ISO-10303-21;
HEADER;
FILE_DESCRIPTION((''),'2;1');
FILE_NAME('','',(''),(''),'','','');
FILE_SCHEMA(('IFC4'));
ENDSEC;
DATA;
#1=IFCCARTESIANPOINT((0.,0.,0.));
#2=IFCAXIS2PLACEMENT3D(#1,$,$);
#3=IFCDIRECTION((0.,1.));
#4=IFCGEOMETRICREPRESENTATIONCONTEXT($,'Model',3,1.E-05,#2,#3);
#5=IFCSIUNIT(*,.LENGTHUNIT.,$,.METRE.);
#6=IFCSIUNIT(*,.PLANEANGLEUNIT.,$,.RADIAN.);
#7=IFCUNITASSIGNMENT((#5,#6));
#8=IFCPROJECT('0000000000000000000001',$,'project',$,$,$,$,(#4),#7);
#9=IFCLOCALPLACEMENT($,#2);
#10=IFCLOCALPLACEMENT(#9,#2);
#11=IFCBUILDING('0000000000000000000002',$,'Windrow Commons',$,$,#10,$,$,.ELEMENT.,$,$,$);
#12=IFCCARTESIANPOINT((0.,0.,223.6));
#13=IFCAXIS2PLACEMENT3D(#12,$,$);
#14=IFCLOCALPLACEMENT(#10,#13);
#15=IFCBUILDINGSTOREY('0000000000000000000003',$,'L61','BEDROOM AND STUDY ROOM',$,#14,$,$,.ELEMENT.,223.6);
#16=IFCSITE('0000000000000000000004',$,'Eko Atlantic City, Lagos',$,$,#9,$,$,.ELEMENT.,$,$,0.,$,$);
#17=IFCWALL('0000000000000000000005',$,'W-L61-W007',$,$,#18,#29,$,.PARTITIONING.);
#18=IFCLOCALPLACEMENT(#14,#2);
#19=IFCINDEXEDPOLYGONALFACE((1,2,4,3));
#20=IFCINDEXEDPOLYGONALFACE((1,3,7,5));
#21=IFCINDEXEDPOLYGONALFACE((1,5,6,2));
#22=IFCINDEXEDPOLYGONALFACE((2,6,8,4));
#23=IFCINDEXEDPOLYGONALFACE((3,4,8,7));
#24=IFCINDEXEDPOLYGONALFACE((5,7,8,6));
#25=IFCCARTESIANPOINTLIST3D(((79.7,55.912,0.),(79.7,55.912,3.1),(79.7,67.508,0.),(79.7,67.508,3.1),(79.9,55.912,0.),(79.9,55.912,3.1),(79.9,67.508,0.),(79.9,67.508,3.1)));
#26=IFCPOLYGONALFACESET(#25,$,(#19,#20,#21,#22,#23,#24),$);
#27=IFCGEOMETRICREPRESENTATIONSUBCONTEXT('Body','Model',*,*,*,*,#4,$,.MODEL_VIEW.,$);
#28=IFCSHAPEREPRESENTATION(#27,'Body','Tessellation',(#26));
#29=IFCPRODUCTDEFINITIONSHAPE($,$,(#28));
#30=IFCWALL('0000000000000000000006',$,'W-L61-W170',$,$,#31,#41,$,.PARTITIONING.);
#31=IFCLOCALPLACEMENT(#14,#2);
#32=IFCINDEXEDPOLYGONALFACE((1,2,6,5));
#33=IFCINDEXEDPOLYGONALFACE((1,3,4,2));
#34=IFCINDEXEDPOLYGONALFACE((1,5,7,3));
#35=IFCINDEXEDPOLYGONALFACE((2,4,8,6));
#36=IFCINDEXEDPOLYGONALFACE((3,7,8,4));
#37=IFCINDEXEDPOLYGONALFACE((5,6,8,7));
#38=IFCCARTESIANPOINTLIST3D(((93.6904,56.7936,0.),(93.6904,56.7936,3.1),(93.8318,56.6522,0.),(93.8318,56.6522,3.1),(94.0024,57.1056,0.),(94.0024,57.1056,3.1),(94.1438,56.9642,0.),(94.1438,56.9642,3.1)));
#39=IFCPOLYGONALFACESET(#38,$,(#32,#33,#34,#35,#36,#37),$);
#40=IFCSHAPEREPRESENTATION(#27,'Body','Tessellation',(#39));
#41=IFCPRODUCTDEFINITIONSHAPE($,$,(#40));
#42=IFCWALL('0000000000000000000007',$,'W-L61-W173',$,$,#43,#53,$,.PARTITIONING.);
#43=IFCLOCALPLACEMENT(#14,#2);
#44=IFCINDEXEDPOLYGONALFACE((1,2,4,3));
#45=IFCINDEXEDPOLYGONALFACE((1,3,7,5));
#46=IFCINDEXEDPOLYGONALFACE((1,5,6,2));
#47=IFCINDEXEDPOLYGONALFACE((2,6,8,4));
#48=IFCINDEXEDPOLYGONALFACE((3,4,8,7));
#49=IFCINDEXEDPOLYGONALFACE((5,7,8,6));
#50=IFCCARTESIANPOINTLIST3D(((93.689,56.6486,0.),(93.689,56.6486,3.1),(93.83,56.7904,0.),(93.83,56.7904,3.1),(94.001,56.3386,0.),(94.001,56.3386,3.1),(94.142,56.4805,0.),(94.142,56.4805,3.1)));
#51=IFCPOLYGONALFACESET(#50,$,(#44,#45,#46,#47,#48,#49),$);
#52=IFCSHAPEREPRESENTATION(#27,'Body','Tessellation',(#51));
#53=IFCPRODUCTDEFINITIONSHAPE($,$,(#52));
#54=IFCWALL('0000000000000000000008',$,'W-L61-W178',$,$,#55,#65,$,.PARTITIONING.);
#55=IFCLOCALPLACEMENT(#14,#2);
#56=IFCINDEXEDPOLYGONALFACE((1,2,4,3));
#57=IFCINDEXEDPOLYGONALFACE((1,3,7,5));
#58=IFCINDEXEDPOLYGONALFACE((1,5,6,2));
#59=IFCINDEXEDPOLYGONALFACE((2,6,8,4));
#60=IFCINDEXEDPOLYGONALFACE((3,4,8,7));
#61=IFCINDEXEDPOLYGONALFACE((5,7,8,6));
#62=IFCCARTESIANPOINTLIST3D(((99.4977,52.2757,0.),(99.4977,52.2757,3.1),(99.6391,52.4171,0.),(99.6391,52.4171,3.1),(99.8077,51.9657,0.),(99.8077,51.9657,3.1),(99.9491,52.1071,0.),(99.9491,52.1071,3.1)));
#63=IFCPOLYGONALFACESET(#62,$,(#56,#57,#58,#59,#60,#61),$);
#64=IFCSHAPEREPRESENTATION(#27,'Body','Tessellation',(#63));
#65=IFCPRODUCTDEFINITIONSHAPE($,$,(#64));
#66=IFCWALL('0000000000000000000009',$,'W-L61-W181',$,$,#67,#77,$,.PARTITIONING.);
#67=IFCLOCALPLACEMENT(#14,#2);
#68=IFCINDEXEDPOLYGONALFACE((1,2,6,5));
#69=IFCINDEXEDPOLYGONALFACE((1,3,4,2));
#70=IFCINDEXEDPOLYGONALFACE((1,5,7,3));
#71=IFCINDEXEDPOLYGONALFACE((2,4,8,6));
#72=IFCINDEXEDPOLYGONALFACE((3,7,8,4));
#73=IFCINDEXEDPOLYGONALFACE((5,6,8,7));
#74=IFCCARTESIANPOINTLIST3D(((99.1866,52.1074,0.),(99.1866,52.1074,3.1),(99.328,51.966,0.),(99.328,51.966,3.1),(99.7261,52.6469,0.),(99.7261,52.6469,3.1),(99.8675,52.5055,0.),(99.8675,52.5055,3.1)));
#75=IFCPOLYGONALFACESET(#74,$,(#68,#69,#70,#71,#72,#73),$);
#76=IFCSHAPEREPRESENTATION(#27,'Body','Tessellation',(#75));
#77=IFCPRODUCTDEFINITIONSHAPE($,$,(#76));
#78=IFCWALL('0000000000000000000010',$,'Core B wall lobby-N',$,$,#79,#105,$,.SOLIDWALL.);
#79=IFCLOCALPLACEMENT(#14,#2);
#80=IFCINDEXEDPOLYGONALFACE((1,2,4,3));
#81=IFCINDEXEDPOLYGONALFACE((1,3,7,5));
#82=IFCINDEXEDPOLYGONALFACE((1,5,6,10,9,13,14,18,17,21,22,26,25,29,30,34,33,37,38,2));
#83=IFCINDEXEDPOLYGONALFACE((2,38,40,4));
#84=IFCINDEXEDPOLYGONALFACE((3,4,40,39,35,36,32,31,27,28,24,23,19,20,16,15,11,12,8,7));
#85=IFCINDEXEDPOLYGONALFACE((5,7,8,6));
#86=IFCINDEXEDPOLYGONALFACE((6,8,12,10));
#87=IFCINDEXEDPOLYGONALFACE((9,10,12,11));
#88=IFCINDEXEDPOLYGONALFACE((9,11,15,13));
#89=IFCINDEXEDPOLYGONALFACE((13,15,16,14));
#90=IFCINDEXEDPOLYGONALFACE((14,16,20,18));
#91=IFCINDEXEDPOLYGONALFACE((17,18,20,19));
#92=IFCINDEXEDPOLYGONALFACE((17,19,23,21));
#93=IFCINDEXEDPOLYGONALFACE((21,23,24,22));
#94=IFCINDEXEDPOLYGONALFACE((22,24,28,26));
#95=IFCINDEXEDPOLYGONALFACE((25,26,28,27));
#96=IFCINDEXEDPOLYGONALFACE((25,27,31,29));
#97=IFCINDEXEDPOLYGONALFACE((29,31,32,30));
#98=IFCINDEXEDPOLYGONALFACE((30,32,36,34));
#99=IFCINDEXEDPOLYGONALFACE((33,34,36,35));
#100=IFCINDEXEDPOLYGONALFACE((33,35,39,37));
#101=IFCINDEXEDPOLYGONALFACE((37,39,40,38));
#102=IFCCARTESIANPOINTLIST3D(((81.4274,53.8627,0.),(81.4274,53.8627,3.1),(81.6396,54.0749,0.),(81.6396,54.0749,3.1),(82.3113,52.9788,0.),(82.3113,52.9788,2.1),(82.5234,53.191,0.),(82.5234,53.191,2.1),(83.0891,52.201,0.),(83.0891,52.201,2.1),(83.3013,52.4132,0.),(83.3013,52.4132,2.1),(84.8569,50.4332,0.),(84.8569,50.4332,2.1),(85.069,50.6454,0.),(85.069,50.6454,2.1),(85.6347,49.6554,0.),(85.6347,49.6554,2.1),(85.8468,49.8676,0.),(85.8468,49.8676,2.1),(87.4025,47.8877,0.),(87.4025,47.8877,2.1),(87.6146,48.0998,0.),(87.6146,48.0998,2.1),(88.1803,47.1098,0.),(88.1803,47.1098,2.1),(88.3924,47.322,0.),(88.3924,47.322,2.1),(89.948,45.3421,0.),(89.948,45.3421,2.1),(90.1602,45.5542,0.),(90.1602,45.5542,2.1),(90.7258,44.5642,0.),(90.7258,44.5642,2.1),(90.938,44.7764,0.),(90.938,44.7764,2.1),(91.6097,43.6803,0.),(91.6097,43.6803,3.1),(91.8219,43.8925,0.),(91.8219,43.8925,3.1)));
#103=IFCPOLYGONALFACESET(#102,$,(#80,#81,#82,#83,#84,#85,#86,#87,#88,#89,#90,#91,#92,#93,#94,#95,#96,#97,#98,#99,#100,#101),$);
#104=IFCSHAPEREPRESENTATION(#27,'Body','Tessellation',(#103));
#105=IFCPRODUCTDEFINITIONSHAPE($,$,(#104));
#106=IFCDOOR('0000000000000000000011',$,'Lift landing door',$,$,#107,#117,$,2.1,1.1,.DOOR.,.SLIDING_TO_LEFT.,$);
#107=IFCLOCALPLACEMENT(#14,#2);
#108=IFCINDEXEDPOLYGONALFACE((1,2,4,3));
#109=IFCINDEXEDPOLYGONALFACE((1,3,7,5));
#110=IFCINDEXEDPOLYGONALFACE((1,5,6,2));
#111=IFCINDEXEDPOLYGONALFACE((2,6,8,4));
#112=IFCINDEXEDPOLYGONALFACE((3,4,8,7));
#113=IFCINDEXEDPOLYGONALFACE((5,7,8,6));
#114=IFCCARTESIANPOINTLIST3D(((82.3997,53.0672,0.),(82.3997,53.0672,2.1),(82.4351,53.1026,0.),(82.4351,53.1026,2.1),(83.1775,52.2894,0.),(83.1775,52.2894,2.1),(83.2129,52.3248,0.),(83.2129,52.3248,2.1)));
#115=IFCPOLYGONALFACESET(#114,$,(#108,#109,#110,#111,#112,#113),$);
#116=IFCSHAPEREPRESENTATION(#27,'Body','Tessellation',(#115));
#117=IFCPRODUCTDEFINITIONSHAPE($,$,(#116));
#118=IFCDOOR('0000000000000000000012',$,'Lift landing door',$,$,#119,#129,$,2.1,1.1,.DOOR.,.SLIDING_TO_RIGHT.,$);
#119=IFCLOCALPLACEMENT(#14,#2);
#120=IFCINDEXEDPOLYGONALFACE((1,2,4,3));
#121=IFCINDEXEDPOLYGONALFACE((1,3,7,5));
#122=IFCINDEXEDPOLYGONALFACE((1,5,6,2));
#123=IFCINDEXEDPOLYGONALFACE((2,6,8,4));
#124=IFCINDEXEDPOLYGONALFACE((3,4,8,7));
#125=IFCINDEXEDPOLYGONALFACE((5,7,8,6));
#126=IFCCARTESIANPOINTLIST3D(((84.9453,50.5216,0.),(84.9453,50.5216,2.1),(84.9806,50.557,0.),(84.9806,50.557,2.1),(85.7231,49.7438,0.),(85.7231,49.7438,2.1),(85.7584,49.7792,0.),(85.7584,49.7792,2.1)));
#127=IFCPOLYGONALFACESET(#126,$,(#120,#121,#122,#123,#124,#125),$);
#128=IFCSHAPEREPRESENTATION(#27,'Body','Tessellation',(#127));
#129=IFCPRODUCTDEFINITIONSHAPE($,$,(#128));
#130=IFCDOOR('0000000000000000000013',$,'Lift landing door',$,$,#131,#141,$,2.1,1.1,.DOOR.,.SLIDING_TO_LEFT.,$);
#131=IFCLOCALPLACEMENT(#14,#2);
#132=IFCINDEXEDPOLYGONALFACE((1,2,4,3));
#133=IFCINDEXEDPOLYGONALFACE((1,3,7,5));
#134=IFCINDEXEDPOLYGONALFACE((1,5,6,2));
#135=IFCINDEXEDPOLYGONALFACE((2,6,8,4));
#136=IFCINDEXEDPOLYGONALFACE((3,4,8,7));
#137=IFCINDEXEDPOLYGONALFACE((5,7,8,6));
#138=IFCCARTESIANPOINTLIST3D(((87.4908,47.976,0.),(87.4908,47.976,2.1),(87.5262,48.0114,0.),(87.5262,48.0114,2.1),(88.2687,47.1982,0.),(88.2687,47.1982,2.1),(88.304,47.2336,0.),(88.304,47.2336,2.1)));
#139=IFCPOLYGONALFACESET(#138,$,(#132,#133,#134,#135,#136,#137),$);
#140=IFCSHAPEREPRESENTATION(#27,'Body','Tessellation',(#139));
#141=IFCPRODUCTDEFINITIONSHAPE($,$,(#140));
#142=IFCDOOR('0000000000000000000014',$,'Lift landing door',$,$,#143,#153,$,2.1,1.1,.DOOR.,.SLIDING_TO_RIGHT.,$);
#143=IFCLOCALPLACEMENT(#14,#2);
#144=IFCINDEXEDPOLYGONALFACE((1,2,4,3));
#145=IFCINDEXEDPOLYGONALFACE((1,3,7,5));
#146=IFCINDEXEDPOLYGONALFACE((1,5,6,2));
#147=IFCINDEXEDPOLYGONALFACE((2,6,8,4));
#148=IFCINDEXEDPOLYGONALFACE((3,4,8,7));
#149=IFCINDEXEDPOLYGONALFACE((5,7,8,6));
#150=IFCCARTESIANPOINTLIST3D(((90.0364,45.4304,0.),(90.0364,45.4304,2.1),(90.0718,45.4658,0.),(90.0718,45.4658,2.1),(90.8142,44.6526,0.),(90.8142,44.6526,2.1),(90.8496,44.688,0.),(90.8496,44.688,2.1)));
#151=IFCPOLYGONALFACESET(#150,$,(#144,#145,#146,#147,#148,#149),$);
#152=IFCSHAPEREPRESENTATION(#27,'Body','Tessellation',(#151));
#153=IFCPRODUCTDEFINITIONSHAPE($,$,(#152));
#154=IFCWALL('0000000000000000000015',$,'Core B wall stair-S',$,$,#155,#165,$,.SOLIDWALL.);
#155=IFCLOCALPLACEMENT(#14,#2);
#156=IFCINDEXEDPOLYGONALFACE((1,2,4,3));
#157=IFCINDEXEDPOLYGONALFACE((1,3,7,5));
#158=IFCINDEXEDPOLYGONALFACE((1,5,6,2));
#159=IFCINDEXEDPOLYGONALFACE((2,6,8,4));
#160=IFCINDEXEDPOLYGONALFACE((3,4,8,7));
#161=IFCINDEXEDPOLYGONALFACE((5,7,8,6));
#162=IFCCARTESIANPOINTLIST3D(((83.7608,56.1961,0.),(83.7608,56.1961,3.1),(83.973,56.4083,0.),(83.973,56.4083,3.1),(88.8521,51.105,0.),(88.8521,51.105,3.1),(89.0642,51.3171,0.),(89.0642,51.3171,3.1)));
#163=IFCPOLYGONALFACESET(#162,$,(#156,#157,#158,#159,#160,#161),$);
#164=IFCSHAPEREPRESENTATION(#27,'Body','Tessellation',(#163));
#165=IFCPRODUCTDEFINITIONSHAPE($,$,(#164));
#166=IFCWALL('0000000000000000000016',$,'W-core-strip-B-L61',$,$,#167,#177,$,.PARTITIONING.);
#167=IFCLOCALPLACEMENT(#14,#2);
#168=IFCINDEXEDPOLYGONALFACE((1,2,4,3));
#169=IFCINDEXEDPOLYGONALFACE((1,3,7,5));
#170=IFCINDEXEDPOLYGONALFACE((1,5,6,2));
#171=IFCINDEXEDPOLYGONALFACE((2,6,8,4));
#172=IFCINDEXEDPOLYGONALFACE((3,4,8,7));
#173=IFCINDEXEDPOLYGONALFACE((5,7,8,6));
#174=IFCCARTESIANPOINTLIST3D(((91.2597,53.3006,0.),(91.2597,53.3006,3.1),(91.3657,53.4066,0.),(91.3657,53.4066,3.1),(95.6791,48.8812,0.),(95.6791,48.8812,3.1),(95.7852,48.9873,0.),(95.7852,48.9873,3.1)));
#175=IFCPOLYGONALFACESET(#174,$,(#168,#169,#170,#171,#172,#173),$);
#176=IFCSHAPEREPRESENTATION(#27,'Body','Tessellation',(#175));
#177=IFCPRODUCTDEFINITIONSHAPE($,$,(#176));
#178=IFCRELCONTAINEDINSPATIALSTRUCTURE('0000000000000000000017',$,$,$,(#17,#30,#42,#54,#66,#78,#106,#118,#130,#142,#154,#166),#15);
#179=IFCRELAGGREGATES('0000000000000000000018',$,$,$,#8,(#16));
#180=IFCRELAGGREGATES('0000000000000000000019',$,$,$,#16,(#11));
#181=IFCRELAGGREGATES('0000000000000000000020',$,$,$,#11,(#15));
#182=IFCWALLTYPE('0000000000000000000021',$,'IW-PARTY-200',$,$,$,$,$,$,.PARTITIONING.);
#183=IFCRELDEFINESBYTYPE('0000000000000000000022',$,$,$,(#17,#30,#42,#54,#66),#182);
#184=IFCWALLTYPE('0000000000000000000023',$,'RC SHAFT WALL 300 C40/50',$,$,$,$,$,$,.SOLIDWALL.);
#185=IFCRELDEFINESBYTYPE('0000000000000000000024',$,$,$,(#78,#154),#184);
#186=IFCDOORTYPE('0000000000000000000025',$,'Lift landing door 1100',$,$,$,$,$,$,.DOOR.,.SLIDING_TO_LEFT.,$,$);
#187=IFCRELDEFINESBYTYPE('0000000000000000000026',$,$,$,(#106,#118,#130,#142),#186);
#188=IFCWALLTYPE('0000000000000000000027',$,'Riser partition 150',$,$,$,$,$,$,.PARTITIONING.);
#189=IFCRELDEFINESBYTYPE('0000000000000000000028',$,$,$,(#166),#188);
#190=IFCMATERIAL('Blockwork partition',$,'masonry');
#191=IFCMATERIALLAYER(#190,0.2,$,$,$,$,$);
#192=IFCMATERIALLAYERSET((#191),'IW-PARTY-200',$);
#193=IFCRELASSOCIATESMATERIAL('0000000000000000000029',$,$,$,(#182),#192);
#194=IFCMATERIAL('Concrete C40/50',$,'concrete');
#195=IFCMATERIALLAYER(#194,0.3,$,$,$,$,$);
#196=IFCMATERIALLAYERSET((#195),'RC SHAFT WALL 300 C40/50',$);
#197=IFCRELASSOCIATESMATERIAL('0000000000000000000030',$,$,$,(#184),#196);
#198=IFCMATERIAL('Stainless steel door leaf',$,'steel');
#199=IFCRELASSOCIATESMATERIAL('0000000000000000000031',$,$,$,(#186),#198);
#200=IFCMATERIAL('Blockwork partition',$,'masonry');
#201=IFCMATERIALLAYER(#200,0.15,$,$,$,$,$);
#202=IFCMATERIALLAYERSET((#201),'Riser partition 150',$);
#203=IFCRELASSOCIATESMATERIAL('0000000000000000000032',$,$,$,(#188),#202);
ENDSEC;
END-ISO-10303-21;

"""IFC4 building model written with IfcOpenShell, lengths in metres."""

from ifc_helpers import new_model, si_unit, direction, frame, frame_2d, origin, place, context, subcontext, project, spatial, rectangle, extrude, material, layer, layer_set, type_object, element, fill, save


model = new_model("IFC4")

# Units and contexts
model_context = context("Model", 3, precision=1e-05, world=origin(), true_north=direction((0.0, 1.0)))
body_context = subcontext(model_context, "Body", "Model", "MODEL_VIEW")
ifc_project = project(units=[si_unit("LENGTHUNIT", "METRE"), si_unit("PLANEANGLEUNIT", "RADIAN")], contexts=[model_context])

# Site, building, storey
site_placement = place(None, origin())
site = spatial("IfcSite", under=ifc_project, at=site_placement, Name="Eko Atlantic City, Lagos", CompositionType="ELEMENT", RefElevation=0.0)
building_placement = place(site_placement, origin())
building = spatial("IfcBuilding", under=site, at=building_placement, Name="Windrow Commons", CompositionType="ELEMENT")
storey_placement = place(building_placement, frame((0.0, 0.0, 223.6)))
storey = spatial("IfcBuildingStorey", under=building, at=storey_placement, Name="L61", Description="BEDROOM AND STUDY ROOM", CompositionType="ELEMENT", Elevation=223.6)

# Walls
ifc_material_1 = material(Name="Blockwork partition", Category="masonry")
ifc_layer_1 = layer(ifc_material_1, 0.2)
ifc_layer_set_1 = layer_set([ifc_layer_1], Name="IW-PARTY-200")
wall_type_1 = type_object("IfcWallType", Name="IW-PARTY-200", PredefinedType="PARTITIONING", material=ifc_layer_set_1)
wall_1_placement = place(storey_placement, frame((79.8, 55.912, 0.0), z_axis=(0.0, 0.0, 1.0), x_axis=(0.0, 1.0, 0.0)))
element("IfcWall", 1, at=wall_1_placement, inside=storey, type_object=wall_type_1, Name="W-L61-W007", PredefinedType="PARTITIONING", context=body_context, shape_type="SweptSolid", body=[
    extrude(rectangle(XDim=11.596, YDim=0.2, at=frame_2d((5.798, 0.0))), origin(), (0.0, 0.0, 1.0), 3.1),
])
wall_2_placement = place(storey_placement, frame((93.7611, 56.7229, 0.0), z_axis=(0.0, 0.0, 1.0), x_axis=(0.707107, 0.707107, 0.0)))
element("IfcWall", 2, at=wall_2_placement, inside=storey, type_object=wall_type_1, Name="W-L61-W170", PredefinedType="PARTITIONING", context=body_context, shape_type="SweptSolid", body=[
    extrude(rectangle(XDim=0.4412, YDim=0.2, at=frame_2d((0.2206, 0.0))), origin(), (0.0, 0.0, 1.0), 3.1),
])
wall_3_placement = place(storey_placement, frame((93.7595, 56.7195, 0.0), z_axis=(0.0, 0.0, 1.0), x_axis=(0.709377, -0.704829, 0.0)))
element("IfcWall", 3, at=wall_3_placement, inside=storey, type_object=wall_type_1, Name="W-L61-W173", PredefinedType="PARTITIONING", context=body_context, shape_type="SweptSolid", body=[
    extrude(rectangle(XDim=0.4398, YDim=0.2, at=frame_2d((0.2199, 0.0))), origin(), (0.0, 0.0, 1.0), 3.1),
])
wall_4_placement = place(storey_placement, frame((99.5684, 52.3464, 0.0), z_axis=(0.0, 0.0, 1.0), x_axis=(0.707107, -0.707107, 0.0)))
element("IfcWall", 4, at=wall_4_placement, inside=storey, type_object=wall_type_1, Name="W-L61-W178", PredefinedType="PARTITIONING", context=body_context, shape_type="SweptSolid", body=[
    extrude(rectangle(XDim=0.4384, YDim=0.2, at=frame_2d((0.2192, 0.0))), origin(), (0.0, 0.0, 1.0), 3.1),
])
wall_5_placement = place(storey_placement, frame((99.2573, 52.0367, 0.0), z_axis=(0.0, 0.0, 1.0), x_axis=(0.707107, 0.707107, 0.0)))
element("IfcWall", 5, at=wall_5_placement, inside=storey, type_object=wall_type_1, Name="W-L61-W181", PredefinedType="PARTITIONING", context=body_context, shape_type="SweptSolid", body=[
    extrude(rectangle(XDim=0.763, YDim=0.2, at=frame_2d((0.3815, 0.0))), origin(), (0.0, 0.0, 1.0), 3.1),
])

# Wall, openings, doors
ifc_material_2 = material(Name="Concrete C40/50", Category="concrete")
ifc_layer_2 = layer(ifc_material_2, 0.3)
ifc_layer_set_2 = layer_set([ifc_layer_2], Name="RC SHAFT WALL 300 C40/50")
wall_type_2 = type_object("IfcWallType", Name="RC SHAFT WALL 300 C40/50", PredefinedType="SOLIDWALL", material=ifc_layer_set_2)
wall_6_placement = place(storey_placement, frame((81.5335, 53.9688, 0.0), z_axis=(0.0, 0.0, 1.0), x_axis=(0.707103, -0.70711, 0.0)))
wall_6 = element("IfcWall", 6, at=wall_6_placement, inside=storey, type_object=wall_type_2, Name="Core B wall lobby-N", PredefinedType="SOLIDWALL", context=body_context, shape_type="SweptSolid", body=[
    extrude(rectangle(XDim=14.4, YDim=0.3, at=frame_2d((7.2, 0.0))), origin(), (0.0, 0.0, 1.0), 3.1),
])
opening_1_placement = place(wall_6_placement, frame((1.25, 0.0, 0.0)))
opening_1 = element("IfcOpeningElement", 7, at=opening_1_placement, cuts=wall_6, PredefinedType="OPENING", context=body_context, shape_type="SweptSolid", body=[
    extrude(rectangle(XDim=1.1, YDim=2.1, at=frame_2d((0.55, 1.05))), frame((0.0, 0.16, 0.0), z_axis=(0.0, -1.0, 0.0), x_axis=(1.0, 0.0, 0.0)), (0.0, 0.0, 1.0), 0.32),
])
opening_2_placement = place(wall_6_placement, frame((4.85, 0.0, 0.0)))
opening_2 = element("IfcOpeningElement", 8, at=opening_2_placement, cuts=wall_6, PredefinedType="OPENING", context=body_context, shape_type="SweptSolid", body=[
    extrude(rectangle(XDim=1.1, YDim=2.1, at=frame_2d((0.55, 1.05))), frame((0.0, 0.16, 0.0), z_axis=(0.0, -1.0, 0.0), x_axis=(1.0, 0.0, 0.0)), (0.0, 0.0, 1.0), 0.32),
])
opening_3_placement = place(wall_6_placement, frame((8.45, 0.0, 0.0)))
opening_3 = element("IfcOpeningElement", 9, at=opening_3_placement, cuts=wall_6, PredefinedType="OPENING", context=body_context, shape_type="SweptSolid", body=[
    extrude(rectangle(XDim=1.1, YDim=2.1, at=frame_2d((0.55, 1.05))), frame((0.0, 0.16, 0.0), z_axis=(0.0, -1.0, 0.0), x_axis=(1.0, 0.0, 0.0)), (0.0, 0.0, 1.0), 0.32),
])
opening_4_placement = place(wall_6_placement, frame((12.05, 0.0, 0.0)))
opening_4 = element("IfcOpeningElement", 10, at=opening_4_placement, cuts=wall_6, PredefinedType="OPENING", context=body_context, shape_type="SweptSolid", body=[
    extrude(rectangle(XDim=1.1, YDim=2.1, at=frame_2d((0.55, 1.05))), frame((0.0, 0.16, 0.0), z_axis=(0.0, -1.0, 0.0), x_axis=(1.0, 0.0, 0.0)), (0.0, 0.0, 1.0), 0.32),
])
ifc_material_3 = material(Name="Stainless steel door leaf", Category="steel")
door_type_1 = type_object("IfcDoorType", Name="Lift landing door 1100", OperationType="SLIDING_TO_LEFT", PredefinedType="DOOR", material=ifc_material_3)
door_1_placement = place(opening_1_placement, origin())
door_1 = element("IfcDoor", 11, at=door_1_placement, inside=storey, type_object=door_type_1, Name="Lift landing door", OperationType="SLIDING_TO_LEFT", OverallHeight=2.1, OverallWidth=1.1, PredefinedType="DOOR", context=body_context, shape_type="SweptSolid", body=[
    extrude(rectangle(XDim=1.1, YDim=2.1, at=frame_2d((0.55, 1.05))), frame((0.0, 0.025, 0.0), z_axis=(0.0, -1.0, 0.0), x_axis=(1.0, 0.0, 0.0)), (0.0, 0.0, 1.0), 0.05),
])
fill(opening_1, door_1)
door_2_placement = place(opening_2_placement, origin())
door_2 = element("IfcDoor", 12, at=door_2_placement, inside=storey, type_object=door_type_1, Name="Lift landing door", OperationType="SLIDING_TO_RIGHT", OverallHeight=2.1, OverallWidth=1.1, PredefinedType="DOOR", context=body_context, shape_type="SweptSolid", body=[
    extrude(rectangle(XDim=1.1, YDim=2.1, at=frame_2d((0.55, 1.05))), frame((0.0, 0.025, 0.0), z_axis=(0.0, -1.0, 0.0), x_axis=(1.0, 0.0, 0.0)), (0.0, 0.0, 1.0), 0.05),
])
fill(opening_2, door_2)
door_3_placement = place(opening_3_placement, origin())
door_3 = element("IfcDoor", 13, at=door_3_placement, inside=storey, type_object=door_type_1, Name="Lift landing door", OperationType="SLIDING_TO_LEFT", OverallHeight=2.1, OverallWidth=1.1, PredefinedType="DOOR", context=body_context, shape_type="SweptSolid", body=[
    extrude(rectangle(XDim=1.1, YDim=2.1, at=frame_2d((0.55, 1.05))), frame((0.0, 0.025, 0.0), z_axis=(0.0, -1.0, 0.0), x_axis=(1.0, 0.0, 0.0)), (0.0, 0.0, 1.0), 0.05),
])
fill(opening_3, door_3)
door_4_placement = place(opening_4_placement, origin())
door_4 = element("IfcDoor", 14, at=door_4_placement, inside=storey, type_object=door_type_1, Name="Lift landing door", OperationType="SLIDING_TO_RIGHT", OverallHeight=2.1, OverallWidth=1.1, PredefinedType="DOOR", context=body_context, shape_type="SweptSolid", body=[
    extrude(rectangle(XDim=1.1, YDim=2.1, at=frame_2d((0.55, 1.05))), frame((0.0, 0.025, 0.0), z_axis=(0.0, -1.0, 0.0), x_axis=(1.0, 0.0, 0.0)), (0.0, 0.0, 1.0), 0.05),
])
fill(opening_4, door_4)

# Walls
wall_7_placement = place(storey_placement, frame((83.8669, 56.3022, 0.0), z_axis=(0.0, 0.0, 1.0), x_axis=(0.707114, -0.7071, 0.0)))
element("IfcWall", 15, at=wall_7_placement, inside=storey, type_object=wall_type_2, Name="Core B wall stair-S", PredefinedType="SOLIDWALL", context=body_context, shape_type="SweptSolid", body=[
    extrude(rectangle(XDim=7.2, YDim=0.3, at=frame_2d((3.6, 0.0))), origin(), (0.0, 0.0, 1.0), 3.1),
])
ifc_material_4 = material(Name="Blockwork partition", Category="masonry")
ifc_layer_3 = layer(ifc_material_4, 0.15)
ifc_layer_set_3 = layer_set([ifc_layer_3], Name="Riser partition 150")
wall_type_3 = type_object("IfcWallType", Name="Riser partition 150", PredefinedType="PARTITIONING", material=ifc_layer_set_3)
wall_8_placement = place(storey_placement, frame((91.3127, 53.3536, 0.0), z_axis=(0.0, 0.0, 1.0), x_axis=(0.707115, -0.707099, 0.0)))
element("IfcWall", 16, at=wall_8_placement, inside=storey, type_object=wall_type_3, Name="W-core-strip-B-L61", PredefinedType="PARTITIONING", context=body_context, shape_type="SweptSolid", body=[
    extrude(rectangle(XDim=6.25, YDim=0.15, at=frame_2d((3.125, 0.0))), origin(), (0.0, 0.0, 1.0), 3.1),
])

save(model, "model.ifc")
